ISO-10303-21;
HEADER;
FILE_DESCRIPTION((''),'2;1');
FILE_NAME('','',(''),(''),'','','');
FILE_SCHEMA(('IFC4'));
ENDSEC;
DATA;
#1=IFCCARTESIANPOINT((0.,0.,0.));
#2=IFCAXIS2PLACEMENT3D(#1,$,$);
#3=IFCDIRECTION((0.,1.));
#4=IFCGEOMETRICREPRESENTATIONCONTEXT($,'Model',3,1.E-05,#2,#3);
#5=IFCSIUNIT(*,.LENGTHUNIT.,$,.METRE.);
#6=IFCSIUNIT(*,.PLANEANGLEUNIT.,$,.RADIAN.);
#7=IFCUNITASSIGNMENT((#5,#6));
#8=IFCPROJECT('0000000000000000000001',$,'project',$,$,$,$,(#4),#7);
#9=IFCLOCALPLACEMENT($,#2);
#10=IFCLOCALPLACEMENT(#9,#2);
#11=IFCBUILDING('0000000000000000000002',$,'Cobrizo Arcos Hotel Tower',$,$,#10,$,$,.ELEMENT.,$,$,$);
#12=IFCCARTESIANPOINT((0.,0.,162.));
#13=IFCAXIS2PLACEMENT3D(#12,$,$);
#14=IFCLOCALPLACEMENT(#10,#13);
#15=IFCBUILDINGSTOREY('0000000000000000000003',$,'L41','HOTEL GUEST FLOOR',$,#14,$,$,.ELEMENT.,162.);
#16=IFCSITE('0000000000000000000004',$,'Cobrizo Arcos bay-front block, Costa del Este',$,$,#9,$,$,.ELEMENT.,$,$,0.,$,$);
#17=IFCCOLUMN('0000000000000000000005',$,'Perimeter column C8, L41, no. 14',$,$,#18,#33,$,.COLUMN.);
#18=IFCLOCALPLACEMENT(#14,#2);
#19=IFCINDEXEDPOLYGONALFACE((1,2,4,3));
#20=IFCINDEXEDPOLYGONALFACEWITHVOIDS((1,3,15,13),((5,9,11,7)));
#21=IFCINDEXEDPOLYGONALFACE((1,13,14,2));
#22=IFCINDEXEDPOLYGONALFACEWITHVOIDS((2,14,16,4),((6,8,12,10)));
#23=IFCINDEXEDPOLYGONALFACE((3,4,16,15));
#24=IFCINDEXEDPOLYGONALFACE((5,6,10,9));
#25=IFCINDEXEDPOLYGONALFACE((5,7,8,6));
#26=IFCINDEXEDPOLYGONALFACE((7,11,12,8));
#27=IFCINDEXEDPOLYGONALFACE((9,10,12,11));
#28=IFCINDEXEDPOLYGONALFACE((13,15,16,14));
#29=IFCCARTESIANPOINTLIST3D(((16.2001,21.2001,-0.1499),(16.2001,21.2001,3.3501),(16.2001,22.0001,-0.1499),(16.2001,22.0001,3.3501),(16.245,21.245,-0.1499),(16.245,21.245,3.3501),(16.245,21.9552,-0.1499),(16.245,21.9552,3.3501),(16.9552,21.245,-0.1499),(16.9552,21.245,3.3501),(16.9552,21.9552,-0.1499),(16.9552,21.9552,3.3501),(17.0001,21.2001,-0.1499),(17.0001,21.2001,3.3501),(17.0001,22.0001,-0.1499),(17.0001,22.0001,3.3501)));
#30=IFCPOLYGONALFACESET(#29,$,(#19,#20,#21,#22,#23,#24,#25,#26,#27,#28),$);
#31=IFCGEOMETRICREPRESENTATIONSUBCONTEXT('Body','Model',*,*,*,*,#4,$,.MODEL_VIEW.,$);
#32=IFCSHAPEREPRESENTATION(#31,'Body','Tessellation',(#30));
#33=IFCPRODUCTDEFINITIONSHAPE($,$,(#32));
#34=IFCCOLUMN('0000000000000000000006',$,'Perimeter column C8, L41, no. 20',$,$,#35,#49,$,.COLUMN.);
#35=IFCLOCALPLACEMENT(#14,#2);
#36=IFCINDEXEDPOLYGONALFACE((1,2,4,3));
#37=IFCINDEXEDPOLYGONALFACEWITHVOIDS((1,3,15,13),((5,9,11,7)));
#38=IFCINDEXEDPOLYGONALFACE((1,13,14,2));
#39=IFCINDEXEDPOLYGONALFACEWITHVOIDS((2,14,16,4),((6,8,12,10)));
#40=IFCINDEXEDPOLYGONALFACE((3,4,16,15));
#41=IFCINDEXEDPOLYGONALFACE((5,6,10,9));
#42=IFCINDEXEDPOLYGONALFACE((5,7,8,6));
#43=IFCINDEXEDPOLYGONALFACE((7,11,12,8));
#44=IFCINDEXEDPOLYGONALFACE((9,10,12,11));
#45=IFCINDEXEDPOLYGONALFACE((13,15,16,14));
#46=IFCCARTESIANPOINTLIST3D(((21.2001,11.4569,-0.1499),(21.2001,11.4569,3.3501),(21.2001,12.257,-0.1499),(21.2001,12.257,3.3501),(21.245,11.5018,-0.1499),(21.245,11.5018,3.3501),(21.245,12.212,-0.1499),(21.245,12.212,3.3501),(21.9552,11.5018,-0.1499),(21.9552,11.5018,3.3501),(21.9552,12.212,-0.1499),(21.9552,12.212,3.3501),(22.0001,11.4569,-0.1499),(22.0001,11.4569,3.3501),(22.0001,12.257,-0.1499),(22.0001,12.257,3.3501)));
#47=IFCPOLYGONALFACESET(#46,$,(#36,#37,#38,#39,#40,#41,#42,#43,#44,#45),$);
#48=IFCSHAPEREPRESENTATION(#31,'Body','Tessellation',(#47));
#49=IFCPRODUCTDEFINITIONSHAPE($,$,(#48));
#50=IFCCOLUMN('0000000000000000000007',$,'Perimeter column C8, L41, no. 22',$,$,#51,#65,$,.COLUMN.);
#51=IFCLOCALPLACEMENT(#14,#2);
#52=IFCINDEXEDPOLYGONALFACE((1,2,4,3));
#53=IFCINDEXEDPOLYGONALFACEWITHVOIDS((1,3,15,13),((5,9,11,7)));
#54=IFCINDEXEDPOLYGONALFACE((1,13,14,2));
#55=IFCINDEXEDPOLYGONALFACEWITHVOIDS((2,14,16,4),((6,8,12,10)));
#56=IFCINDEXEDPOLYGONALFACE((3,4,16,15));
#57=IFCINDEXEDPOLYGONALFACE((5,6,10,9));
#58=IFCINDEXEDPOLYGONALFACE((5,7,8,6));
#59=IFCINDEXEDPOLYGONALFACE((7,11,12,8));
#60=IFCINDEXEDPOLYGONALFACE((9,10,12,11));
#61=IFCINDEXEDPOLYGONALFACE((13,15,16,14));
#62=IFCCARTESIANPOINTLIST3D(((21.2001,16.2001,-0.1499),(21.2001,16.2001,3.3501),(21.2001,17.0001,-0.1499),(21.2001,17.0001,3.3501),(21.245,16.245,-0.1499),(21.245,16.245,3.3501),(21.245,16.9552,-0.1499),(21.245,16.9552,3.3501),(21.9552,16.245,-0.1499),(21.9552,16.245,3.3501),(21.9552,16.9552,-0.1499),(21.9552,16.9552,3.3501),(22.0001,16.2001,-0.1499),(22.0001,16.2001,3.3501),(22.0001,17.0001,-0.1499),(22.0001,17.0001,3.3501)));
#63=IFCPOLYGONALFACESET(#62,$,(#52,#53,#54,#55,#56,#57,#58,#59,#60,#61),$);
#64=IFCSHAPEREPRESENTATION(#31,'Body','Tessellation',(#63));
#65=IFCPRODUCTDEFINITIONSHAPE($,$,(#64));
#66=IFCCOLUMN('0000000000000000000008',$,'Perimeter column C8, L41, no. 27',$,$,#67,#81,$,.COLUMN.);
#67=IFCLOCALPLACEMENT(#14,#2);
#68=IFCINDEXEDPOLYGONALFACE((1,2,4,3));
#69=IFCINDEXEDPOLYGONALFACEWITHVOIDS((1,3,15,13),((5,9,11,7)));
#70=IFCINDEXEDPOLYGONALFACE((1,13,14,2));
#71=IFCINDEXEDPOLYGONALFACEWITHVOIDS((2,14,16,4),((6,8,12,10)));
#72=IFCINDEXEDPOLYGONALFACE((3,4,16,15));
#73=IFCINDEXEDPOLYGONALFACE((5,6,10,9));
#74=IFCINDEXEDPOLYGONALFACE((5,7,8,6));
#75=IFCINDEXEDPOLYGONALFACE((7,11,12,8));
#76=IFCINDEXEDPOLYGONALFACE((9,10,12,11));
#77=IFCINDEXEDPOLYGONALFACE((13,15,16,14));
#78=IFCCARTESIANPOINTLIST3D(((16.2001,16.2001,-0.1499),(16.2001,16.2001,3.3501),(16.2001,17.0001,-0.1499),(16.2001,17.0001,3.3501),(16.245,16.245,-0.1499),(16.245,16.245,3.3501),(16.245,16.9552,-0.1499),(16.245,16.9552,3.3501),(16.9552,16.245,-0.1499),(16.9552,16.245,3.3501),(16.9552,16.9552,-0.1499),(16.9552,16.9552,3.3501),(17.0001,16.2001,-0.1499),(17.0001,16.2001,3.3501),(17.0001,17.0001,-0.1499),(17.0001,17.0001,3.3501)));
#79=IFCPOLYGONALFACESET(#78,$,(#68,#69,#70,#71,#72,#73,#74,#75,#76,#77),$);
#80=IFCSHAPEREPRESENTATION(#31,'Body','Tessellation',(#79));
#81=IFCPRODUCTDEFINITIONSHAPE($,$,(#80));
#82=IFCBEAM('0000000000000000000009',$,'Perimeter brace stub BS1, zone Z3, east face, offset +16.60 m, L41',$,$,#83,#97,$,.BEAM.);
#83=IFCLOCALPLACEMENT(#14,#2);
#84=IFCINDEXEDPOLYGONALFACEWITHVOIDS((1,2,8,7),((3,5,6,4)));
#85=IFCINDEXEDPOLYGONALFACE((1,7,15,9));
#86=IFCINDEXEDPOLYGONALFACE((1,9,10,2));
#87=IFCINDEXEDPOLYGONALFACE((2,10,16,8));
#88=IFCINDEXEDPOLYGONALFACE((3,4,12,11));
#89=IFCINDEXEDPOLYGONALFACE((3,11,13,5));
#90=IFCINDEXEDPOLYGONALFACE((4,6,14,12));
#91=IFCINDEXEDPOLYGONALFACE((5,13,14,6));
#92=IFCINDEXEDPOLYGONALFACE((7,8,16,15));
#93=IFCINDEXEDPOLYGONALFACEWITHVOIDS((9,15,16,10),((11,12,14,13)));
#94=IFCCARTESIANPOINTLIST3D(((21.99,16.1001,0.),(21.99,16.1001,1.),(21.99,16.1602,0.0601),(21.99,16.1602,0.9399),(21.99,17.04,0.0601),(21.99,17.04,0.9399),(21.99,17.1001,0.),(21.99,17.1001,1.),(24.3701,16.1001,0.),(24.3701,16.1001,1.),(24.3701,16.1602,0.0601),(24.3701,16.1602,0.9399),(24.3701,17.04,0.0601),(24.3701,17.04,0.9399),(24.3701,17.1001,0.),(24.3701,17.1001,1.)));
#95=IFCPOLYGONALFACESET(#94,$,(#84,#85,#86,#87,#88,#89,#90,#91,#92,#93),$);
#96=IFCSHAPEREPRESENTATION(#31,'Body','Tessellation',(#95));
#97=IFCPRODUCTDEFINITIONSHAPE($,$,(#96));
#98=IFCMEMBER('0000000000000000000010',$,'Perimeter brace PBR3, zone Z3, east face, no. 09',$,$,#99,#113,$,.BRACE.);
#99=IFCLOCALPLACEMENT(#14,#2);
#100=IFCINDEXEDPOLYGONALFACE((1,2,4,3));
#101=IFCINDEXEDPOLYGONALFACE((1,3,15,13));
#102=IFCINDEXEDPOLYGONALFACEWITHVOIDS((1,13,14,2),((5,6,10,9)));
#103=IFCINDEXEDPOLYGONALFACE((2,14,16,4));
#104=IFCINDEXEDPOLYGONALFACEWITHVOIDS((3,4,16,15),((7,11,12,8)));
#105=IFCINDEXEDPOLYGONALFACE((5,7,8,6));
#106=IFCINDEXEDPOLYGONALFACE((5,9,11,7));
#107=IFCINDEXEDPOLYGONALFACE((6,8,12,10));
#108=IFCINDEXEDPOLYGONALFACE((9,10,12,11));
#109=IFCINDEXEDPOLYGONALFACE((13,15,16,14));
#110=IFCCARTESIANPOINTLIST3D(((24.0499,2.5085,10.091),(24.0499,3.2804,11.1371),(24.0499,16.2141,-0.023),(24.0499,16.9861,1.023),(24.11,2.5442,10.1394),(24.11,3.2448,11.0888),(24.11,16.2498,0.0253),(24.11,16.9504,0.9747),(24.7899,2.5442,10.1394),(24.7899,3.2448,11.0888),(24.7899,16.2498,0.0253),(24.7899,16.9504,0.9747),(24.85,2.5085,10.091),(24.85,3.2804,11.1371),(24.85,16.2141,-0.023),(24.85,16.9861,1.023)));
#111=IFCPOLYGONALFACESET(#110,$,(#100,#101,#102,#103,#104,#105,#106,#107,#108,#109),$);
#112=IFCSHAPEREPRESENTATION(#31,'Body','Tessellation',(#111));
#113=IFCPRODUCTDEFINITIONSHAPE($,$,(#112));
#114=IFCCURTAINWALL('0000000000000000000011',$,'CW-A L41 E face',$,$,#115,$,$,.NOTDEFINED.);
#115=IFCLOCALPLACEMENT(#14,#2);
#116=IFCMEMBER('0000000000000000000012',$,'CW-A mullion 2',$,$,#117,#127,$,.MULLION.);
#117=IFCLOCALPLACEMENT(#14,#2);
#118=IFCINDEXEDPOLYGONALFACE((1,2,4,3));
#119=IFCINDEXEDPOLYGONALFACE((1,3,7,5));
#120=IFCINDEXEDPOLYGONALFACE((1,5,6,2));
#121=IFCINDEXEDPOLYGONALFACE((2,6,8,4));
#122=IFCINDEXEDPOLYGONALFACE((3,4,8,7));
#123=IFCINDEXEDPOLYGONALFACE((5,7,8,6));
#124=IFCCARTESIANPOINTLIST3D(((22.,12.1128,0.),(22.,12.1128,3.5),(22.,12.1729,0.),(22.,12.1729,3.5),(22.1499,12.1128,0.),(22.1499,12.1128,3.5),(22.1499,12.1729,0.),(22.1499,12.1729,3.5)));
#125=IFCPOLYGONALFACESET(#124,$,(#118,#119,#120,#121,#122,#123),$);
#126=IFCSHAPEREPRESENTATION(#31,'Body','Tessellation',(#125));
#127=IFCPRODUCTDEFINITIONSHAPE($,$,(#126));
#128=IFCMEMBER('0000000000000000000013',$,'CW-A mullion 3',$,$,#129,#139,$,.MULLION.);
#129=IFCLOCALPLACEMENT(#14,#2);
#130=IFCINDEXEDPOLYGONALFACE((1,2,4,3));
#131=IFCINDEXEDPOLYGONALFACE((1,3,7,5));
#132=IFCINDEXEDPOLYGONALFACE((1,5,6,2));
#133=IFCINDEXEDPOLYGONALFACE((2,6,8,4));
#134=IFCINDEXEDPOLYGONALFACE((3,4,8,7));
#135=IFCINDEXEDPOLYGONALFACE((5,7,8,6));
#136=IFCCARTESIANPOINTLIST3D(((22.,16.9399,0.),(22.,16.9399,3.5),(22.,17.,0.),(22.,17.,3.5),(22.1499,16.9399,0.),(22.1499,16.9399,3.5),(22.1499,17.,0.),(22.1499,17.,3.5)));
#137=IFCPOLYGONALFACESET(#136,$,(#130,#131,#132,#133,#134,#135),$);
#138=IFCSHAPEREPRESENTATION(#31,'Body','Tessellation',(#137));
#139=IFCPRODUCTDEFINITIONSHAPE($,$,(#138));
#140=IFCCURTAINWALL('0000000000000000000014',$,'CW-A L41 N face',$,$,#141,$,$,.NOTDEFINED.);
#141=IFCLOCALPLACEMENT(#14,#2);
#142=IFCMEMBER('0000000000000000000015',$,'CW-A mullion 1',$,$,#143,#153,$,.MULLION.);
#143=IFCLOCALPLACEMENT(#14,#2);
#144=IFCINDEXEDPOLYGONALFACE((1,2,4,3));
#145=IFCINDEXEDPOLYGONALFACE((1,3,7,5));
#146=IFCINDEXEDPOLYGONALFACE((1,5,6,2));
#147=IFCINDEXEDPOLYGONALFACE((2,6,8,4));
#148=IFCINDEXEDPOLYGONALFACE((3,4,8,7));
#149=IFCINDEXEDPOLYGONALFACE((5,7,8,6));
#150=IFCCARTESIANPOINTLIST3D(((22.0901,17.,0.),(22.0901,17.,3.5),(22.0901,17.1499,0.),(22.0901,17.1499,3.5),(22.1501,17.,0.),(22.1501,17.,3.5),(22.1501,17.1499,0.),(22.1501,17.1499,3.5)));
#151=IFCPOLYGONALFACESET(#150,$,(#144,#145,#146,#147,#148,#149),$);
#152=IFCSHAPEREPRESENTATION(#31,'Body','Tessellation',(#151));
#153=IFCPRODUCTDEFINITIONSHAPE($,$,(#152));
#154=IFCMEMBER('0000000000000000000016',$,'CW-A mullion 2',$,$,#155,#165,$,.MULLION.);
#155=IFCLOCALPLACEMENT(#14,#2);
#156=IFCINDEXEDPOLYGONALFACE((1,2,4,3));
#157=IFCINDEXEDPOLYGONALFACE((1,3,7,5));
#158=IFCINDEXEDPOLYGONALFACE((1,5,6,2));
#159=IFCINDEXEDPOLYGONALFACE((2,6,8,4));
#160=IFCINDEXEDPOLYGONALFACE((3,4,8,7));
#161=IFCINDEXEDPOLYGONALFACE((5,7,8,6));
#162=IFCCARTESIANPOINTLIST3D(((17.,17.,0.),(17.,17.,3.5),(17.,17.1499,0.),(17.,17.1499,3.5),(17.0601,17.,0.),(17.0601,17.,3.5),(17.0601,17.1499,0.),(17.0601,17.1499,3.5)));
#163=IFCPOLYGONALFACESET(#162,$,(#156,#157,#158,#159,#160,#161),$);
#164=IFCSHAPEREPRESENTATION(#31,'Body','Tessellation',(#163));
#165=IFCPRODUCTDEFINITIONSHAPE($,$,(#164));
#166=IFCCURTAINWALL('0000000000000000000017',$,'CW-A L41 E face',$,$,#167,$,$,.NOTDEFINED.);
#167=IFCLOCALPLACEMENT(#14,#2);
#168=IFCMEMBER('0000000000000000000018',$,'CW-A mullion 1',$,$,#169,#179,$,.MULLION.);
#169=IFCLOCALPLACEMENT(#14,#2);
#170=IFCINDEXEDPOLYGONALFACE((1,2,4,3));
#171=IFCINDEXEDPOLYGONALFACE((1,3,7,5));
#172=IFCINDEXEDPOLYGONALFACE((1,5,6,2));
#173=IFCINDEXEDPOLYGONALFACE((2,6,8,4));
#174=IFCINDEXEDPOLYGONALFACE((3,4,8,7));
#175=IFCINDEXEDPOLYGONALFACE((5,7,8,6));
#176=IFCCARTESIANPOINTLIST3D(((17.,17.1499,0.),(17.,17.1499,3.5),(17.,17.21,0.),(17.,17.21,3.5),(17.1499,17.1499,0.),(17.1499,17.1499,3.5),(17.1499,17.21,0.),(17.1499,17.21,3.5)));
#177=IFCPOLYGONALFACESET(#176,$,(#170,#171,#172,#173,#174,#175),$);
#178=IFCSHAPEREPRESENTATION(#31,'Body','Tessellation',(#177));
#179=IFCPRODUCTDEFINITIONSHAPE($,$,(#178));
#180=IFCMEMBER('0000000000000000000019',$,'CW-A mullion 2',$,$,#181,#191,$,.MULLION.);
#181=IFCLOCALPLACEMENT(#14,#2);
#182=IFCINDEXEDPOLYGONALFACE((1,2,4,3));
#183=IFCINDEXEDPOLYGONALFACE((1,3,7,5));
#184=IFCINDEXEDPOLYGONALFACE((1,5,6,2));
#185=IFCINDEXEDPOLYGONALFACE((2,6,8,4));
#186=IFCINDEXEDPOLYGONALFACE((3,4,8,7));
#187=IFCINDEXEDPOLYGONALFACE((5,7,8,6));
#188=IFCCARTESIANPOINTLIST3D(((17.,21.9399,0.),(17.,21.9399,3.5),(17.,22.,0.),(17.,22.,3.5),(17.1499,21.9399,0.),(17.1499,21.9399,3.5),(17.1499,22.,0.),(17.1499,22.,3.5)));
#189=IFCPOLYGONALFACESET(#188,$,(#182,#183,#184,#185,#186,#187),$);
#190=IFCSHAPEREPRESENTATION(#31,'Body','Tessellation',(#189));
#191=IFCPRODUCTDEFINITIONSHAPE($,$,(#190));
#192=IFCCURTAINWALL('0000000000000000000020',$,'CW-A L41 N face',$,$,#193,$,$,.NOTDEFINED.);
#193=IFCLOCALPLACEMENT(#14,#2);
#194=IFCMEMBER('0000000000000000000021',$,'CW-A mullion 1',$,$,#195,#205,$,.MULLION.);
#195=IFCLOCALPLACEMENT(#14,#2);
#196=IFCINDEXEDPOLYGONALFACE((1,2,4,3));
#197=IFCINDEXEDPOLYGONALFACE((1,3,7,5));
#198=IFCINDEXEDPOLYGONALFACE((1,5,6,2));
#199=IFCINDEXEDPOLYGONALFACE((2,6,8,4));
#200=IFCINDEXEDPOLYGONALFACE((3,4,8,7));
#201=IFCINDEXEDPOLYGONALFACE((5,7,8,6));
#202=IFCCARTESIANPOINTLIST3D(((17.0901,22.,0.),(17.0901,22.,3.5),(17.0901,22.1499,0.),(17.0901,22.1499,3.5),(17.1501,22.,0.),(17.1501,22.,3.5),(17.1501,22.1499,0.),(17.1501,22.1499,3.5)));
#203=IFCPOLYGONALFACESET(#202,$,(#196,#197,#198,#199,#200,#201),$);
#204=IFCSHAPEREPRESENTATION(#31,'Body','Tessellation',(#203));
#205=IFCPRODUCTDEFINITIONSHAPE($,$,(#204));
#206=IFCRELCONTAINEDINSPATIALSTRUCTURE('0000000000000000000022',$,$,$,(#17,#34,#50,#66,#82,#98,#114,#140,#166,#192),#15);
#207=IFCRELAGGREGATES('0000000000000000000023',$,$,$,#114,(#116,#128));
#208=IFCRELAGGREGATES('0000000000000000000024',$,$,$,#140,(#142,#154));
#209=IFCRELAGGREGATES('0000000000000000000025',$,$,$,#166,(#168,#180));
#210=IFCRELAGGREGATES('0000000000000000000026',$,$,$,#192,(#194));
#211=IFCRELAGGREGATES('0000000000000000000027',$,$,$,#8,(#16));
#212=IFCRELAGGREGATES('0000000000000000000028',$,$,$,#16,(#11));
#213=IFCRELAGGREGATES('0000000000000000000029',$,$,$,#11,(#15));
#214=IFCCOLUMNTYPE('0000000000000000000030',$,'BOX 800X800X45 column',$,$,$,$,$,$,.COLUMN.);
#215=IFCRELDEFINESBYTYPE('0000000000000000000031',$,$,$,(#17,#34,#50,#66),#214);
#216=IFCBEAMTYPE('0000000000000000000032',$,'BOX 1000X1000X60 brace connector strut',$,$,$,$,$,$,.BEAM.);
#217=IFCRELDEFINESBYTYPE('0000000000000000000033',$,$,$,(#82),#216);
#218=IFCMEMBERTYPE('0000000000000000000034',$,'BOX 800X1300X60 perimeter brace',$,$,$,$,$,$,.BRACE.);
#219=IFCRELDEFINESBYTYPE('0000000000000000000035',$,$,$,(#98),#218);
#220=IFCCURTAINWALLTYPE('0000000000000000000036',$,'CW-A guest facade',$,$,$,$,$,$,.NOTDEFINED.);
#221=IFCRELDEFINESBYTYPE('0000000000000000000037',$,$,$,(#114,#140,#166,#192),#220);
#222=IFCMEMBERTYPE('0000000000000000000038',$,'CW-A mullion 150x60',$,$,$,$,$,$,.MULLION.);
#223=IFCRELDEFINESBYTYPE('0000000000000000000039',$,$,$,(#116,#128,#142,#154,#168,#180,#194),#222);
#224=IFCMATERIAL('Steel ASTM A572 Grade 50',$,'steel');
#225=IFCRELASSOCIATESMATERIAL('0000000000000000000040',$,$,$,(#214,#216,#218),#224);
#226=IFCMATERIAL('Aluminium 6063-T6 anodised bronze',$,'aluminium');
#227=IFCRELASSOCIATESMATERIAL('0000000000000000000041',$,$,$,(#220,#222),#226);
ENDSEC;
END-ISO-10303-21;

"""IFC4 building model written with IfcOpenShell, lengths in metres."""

from ifc_helpers import new_model, si_unit, direction, frame, origin, origin_2d, place, context, subcontext, project, spatial, rectangle, hollow_rectangle, extrude, material, material_profile, profile_set, type_object, element, aggregate, save


model = new_model("IFC4")

# Units and contexts
model_context = context("Model", 3, precision=1e-05, world=origin(), true_north=direction((0.0, 1.0)))
body_context = subcontext(model_context, "Body", "Model", "MODEL_VIEW")
ifc_project = project(units=[si_unit("LENGTHUNIT", "METRE"), si_unit("PLANEANGLEUNIT", "RADIAN")], contexts=[model_context])

# Site, building, storey
site_placement = place(None, origin())
site = spatial("IfcSite", under=ifc_project, at=site_placement, Name="Cobrizo Arcos bay-front block, Costa del Este", CompositionType="ELEMENT", RefElevation=0.0)
building_placement = place(site_placement, origin())
building = spatial("IfcBuilding", under=site, at=building_placement, Name="Cobrizo Arcos Hotel Tower", CompositionType="ELEMENT")
storey_placement = place(building_placement, frame((0.0, 0.0, 162.0)))
storey = spatial("IfcBuildingStorey", under=building, at=storey_placement, Name="L41", Description="HOTEL GUEST FLOOR", CompositionType="ELEMENT", Elevation=162.0)

# Columns
ifc_material_1 = material(Name="Steel ASTM A572 Grade 50", Category="steel")
ifc_material_profile_1 = material_profile(ifc_material_1, hollow_rectangle(XDim=0.8, YDim=0.8, WallThickness=0.0449, at=origin_2d()), Name="BOX 800X800X45")
ifc_profile_set_1 = profile_set([ifc_material_profile_1], Name="Steel ASTM A572 Grade 50")
column_type = type_object("IfcColumnType", Name="BOX 800X800X45 column", PredefinedType="COLUMN", material=ifc_profile_set_1)
for number, where, z_axis, x_axis, name in (
    (1, (16.6001, 21.6001, -0.1499), (0.0, 0.0, 1.0), (1.0, 0.0, 0.0), "Perimeter column C8, L41, no. 14"),
    (2, (21.6001, 11.8569, -0.1499), (0.0, 0.0, 1.0), (1.0, 0.0, 0.0), "Perimeter column C8, L41, no. 20"),
    (3, (21.6001, 16.6001, -0.1499), (0.0, 0.0, 1.0), (1.0, 0.0, 0.0), "Perimeter column C8, L41, no. 22"),
    (4, (16.6001, 16.6001, -0.1499), (0.0, 0.0, 1.0), (1.0, 0.0, 0.0), "Perimeter column C8, L41, no. 27"),
):
    element("IfcColumn", number, at=place(storey_placement, frame(where, z_axis=z_axis, x_axis=x_axis)), inside=storey, type_object=column_type, Name=name, PredefinedType="COLUMN", context=body_context, shape_type="SweptSolid", body=[
        extrude(hollow_rectangle(XDim=0.8, YDim=0.8, WallThickness=0.0449, at=origin_2d()), origin(), (0.0, 0.0, 1.0), 3.5),
    ])

# Beam
ifc_material_profile_2 = material_profile(ifc_material_1, hollow_rectangle(XDim=1.0, YDim=1.0, WallThickness=0.0601, at=origin_2d()), Name="BOX 1000X1000X60")
ifc_profile_set_2 = profile_set([ifc_material_profile_2], Name="Steel ASTM A572 Grade 50")
beam_type_1 = type_object("IfcBeamType", Name="BOX 1000X1000X60 brace connector strut", PredefinedType="BEAM", material=ifc_profile_set_2)
beam_1_placement = place(storey_placement, frame((21.99, 16.6001, 0.5), z_axis=(1.0, 0.0, 0.0), x_axis=(0.0, 1.0, 0.0)))
element("IfcBeam", 5, at=beam_1_placement, inside=storey, type_object=beam_type_1, Name="Perimeter brace stub BS1, zone Z3, east face, offset +16.60 m, L41", PredefinedType="BEAM", context=body_context, shape_type="SweptSolid", body=[
    extrude(hollow_rectangle(XDim=1.0, YDim=1.0, WallThickness=0.0601, at=origin_2d()), origin(), (0.0, 0.0, 1.0), 2.3801),
])

# Member
ifc_material_profile_3 = material_profile(ifc_material_1, hollow_rectangle(XDim=0.8, YDim=1.3, WallThickness=0.0601, at=origin_2d()), Name="BOX 800X1300X60")
ifc_profile_set_3 = profile_set([ifc_material_profile_3], Name="Steel ASTM A572 Grade 50")
member_type_1 = type_object("IfcMemberType", Name="BOX 800X1300X60 perimeter brace", PredefinedType="BRACE", material=ifc_profile_set_3)
member_1_placement = place(storey_placement, frame((24.45, 16.6001, 0.5), z_axis=(0.0, -0.80463, 0.593776), x_axis=(1.0, 0.0, 0.0)))
element("IfcMember", 6, at=member_1_placement, inside=storey, type_object=member_type_1, Name="Perimeter brace PBR3, zone Z3, east face, no. 09", PredefinedType="BRACE", context=body_context, shape_type="SweptSolid", body=[
    extrude(hollow_rectangle(XDim=0.8, YDim=1.3, WallThickness=0.0601, at=origin_2d()), origin(), (0.0, 0.0, 1.0), 17.0334),
])

# Curtain walls, members
ifc_material_2 = material(Name="Aluminium 6063-T6 anodised bronze", Category="aluminium")
curtain_wall_type = type_object("IfcCurtainWallType", Name="CW-A guest facade", PredefinedType="NOTDEFINED", material=ifc_material_2)
curtain_wall_1_placement = place(storey_placement, origin())
curtain_wall_1 = element("IfcCurtainWall", 7, at=curtain_wall_1_placement, inside=storey, type_object=curtain_wall_type, Name="CW-A L41 E face", PredefinedType="NOTDEFINED")
ifc_material_profile_4 = material_profile(ifc_material_2, rectangle(XDim=0.1499, YDim=0.0601, at=origin_2d()), Name="CW-A mullion 150x60")
ifc_profile_set_4 = profile_set([ifc_material_profile_4], Name="Aluminium 6063-T6 anodised bronze")
member_type_2 = type_object("IfcMemberType", Name="CW-A mullion 150x60", PredefinedType="MULLION", material=ifc_profile_set_4)
member_2_placement = place(storey_placement, frame((22.075, 12.1428, 0.0), z_axis=(0.0, 0.0, 1.0), x_axis=(1.0, 0.0, 0.0)))
member_2 = element("IfcMember", 8, at=member_2_placement, type_object=member_type_2, Name="CW-A mullion 2", PredefinedType="MULLION", context=body_context, shape_type="SweptSolid", body=[
    extrude(rectangle(XDim=0.1499, YDim=0.0601, at=origin_2d()), origin(), (0.0, 0.0, 1.0), 3.5),
])
member_3_placement = place(storey_placement, frame((22.075, 16.97, 0.0), z_axis=(0.0, 0.0, 1.0), x_axis=(1.0, 0.0, 0.0)))
member_3 = element("IfcMember", 9, at=member_3_placement, type_object=member_type_2, Name="CW-A mullion 3", PredefinedType="MULLION", context=body_context, shape_type="SweptSolid", body=[
    extrude(rectangle(XDim=0.1499, YDim=0.0601, at=origin_2d()), origin(), (0.0, 0.0, 1.0), 3.5),
])
curtain_wall_2_placement = place(storey_placement, origin())
curtain_wall_2 = element("IfcCurtainWall", 10, at=curtain_wall_2_placement, inside=storey, type_object=curtain_wall_type, Name="CW-A L41 N face", PredefinedType="NOTDEFINED")
member_4_placement = place(storey_placement, frame((22.1201, 17.075, 0.0), z_axis=(0.0, 0.0, 1.0), x_axis=(0.0, 1.0, 0.0)))
member_4 = element("IfcMember", 11, at=member_4_placement, type_object=member_type_2, Name="CW-A mullion 1", PredefinedType="MULLION", context=body_context, shape_type="SweptSolid", body=[
    extrude(rectangle(XDim=0.1499, YDim=0.0601, at=origin_2d()), origin(), (0.0, 0.0, 1.0), 3.5),
])
member_5_placement = place(storey_placement, frame((17.03, 17.075, 0.0), z_axis=(0.0, 0.0, 1.0), x_axis=(0.0, 1.0, 0.0)))
member_5 = element("IfcMember", 12, at=member_5_placement, type_object=member_type_2, Name="CW-A mullion 2", PredefinedType="MULLION", context=body_context, shape_type="SweptSolid", body=[
    extrude(rectangle(XDim=0.1499, YDim=0.0601, at=origin_2d()), origin(), (0.0, 0.0, 1.0), 3.5),
])
curtain_wall_3_placement = place(storey_placement, origin())
curtain_wall_3 = element("IfcCurtainWall", 13, at=curtain_wall_3_placement, inside=storey, type_object=curtain_wall_type, Name="CW-A L41 E face", PredefinedType="NOTDEFINED")
member_6_placement = place(storey_placement, frame((17.075, 17.1799, 0.0), z_axis=(0.0, 0.0, 1.0), x_axis=(1.0, 0.0, 0.0)))
member_6 = element("IfcMember", 14, at=member_6_placement, type_object=member_type_2, Name="CW-A mullion 1", PredefinedType="MULLION", context=body_context, shape_type="SweptSolid", body=[
    extrude(rectangle(XDim=0.1499, YDim=0.0601, at=origin_2d()), origin(), (0.0, 0.0, 1.0), 3.5),
])
member_7_placement = place(storey_placement, frame((17.075, 21.97, 0.0), z_axis=(0.0, 0.0, 1.0), x_axis=(1.0, 0.0, 0.0)))
member_7 = element("IfcMember", 15, at=member_7_placement, type_object=member_type_2, Name="CW-A mullion 2", PredefinedType="MULLION", context=body_context, shape_type="SweptSolid", body=[
    extrude(rectangle(XDim=0.1499, YDim=0.0601, at=origin_2d()), origin(), (0.0, 0.0, 1.0), 3.5),
])

# Curtain wall, member
curtain_wall_4_placement = place(storey_placement, origin())
curtain_wall_4 = element("IfcCurtainWall", 16, at=curtain_wall_4_placement, inside=storey, type_object=curtain_wall_type, Name="CW-A L41 N face", PredefinedType="NOTDEFINED")
member_8_placement = place(storey_placement, frame((17.1201, 22.075, 0.0), z_axis=(0.0, 0.0, 1.0), x_axis=(0.0, 1.0, 0.0)))
member_8 = element("IfcMember", 17, at=member_8_placement, type_object=member_type_2, Name="CW-A mullion 1", PredefinedType="MULLION", context=body_context, shape_type="SweptSolid", body=[
    extrude(rectangle(XDim=0.1499, YDim=0.0601, at=origin_2d()), origin(), (0.0, 0.0, 1.0), 3.5),
])

aggregate(curtain_wall_1, [member_2, member_3])
aggregate(curtain_wall_2, [member_4, member_5])
aggregate(curtain_wall_3, [member_6, member_7])
aggregate(curtain_wall_4, [member_8])

save(model, "model.ifc")
